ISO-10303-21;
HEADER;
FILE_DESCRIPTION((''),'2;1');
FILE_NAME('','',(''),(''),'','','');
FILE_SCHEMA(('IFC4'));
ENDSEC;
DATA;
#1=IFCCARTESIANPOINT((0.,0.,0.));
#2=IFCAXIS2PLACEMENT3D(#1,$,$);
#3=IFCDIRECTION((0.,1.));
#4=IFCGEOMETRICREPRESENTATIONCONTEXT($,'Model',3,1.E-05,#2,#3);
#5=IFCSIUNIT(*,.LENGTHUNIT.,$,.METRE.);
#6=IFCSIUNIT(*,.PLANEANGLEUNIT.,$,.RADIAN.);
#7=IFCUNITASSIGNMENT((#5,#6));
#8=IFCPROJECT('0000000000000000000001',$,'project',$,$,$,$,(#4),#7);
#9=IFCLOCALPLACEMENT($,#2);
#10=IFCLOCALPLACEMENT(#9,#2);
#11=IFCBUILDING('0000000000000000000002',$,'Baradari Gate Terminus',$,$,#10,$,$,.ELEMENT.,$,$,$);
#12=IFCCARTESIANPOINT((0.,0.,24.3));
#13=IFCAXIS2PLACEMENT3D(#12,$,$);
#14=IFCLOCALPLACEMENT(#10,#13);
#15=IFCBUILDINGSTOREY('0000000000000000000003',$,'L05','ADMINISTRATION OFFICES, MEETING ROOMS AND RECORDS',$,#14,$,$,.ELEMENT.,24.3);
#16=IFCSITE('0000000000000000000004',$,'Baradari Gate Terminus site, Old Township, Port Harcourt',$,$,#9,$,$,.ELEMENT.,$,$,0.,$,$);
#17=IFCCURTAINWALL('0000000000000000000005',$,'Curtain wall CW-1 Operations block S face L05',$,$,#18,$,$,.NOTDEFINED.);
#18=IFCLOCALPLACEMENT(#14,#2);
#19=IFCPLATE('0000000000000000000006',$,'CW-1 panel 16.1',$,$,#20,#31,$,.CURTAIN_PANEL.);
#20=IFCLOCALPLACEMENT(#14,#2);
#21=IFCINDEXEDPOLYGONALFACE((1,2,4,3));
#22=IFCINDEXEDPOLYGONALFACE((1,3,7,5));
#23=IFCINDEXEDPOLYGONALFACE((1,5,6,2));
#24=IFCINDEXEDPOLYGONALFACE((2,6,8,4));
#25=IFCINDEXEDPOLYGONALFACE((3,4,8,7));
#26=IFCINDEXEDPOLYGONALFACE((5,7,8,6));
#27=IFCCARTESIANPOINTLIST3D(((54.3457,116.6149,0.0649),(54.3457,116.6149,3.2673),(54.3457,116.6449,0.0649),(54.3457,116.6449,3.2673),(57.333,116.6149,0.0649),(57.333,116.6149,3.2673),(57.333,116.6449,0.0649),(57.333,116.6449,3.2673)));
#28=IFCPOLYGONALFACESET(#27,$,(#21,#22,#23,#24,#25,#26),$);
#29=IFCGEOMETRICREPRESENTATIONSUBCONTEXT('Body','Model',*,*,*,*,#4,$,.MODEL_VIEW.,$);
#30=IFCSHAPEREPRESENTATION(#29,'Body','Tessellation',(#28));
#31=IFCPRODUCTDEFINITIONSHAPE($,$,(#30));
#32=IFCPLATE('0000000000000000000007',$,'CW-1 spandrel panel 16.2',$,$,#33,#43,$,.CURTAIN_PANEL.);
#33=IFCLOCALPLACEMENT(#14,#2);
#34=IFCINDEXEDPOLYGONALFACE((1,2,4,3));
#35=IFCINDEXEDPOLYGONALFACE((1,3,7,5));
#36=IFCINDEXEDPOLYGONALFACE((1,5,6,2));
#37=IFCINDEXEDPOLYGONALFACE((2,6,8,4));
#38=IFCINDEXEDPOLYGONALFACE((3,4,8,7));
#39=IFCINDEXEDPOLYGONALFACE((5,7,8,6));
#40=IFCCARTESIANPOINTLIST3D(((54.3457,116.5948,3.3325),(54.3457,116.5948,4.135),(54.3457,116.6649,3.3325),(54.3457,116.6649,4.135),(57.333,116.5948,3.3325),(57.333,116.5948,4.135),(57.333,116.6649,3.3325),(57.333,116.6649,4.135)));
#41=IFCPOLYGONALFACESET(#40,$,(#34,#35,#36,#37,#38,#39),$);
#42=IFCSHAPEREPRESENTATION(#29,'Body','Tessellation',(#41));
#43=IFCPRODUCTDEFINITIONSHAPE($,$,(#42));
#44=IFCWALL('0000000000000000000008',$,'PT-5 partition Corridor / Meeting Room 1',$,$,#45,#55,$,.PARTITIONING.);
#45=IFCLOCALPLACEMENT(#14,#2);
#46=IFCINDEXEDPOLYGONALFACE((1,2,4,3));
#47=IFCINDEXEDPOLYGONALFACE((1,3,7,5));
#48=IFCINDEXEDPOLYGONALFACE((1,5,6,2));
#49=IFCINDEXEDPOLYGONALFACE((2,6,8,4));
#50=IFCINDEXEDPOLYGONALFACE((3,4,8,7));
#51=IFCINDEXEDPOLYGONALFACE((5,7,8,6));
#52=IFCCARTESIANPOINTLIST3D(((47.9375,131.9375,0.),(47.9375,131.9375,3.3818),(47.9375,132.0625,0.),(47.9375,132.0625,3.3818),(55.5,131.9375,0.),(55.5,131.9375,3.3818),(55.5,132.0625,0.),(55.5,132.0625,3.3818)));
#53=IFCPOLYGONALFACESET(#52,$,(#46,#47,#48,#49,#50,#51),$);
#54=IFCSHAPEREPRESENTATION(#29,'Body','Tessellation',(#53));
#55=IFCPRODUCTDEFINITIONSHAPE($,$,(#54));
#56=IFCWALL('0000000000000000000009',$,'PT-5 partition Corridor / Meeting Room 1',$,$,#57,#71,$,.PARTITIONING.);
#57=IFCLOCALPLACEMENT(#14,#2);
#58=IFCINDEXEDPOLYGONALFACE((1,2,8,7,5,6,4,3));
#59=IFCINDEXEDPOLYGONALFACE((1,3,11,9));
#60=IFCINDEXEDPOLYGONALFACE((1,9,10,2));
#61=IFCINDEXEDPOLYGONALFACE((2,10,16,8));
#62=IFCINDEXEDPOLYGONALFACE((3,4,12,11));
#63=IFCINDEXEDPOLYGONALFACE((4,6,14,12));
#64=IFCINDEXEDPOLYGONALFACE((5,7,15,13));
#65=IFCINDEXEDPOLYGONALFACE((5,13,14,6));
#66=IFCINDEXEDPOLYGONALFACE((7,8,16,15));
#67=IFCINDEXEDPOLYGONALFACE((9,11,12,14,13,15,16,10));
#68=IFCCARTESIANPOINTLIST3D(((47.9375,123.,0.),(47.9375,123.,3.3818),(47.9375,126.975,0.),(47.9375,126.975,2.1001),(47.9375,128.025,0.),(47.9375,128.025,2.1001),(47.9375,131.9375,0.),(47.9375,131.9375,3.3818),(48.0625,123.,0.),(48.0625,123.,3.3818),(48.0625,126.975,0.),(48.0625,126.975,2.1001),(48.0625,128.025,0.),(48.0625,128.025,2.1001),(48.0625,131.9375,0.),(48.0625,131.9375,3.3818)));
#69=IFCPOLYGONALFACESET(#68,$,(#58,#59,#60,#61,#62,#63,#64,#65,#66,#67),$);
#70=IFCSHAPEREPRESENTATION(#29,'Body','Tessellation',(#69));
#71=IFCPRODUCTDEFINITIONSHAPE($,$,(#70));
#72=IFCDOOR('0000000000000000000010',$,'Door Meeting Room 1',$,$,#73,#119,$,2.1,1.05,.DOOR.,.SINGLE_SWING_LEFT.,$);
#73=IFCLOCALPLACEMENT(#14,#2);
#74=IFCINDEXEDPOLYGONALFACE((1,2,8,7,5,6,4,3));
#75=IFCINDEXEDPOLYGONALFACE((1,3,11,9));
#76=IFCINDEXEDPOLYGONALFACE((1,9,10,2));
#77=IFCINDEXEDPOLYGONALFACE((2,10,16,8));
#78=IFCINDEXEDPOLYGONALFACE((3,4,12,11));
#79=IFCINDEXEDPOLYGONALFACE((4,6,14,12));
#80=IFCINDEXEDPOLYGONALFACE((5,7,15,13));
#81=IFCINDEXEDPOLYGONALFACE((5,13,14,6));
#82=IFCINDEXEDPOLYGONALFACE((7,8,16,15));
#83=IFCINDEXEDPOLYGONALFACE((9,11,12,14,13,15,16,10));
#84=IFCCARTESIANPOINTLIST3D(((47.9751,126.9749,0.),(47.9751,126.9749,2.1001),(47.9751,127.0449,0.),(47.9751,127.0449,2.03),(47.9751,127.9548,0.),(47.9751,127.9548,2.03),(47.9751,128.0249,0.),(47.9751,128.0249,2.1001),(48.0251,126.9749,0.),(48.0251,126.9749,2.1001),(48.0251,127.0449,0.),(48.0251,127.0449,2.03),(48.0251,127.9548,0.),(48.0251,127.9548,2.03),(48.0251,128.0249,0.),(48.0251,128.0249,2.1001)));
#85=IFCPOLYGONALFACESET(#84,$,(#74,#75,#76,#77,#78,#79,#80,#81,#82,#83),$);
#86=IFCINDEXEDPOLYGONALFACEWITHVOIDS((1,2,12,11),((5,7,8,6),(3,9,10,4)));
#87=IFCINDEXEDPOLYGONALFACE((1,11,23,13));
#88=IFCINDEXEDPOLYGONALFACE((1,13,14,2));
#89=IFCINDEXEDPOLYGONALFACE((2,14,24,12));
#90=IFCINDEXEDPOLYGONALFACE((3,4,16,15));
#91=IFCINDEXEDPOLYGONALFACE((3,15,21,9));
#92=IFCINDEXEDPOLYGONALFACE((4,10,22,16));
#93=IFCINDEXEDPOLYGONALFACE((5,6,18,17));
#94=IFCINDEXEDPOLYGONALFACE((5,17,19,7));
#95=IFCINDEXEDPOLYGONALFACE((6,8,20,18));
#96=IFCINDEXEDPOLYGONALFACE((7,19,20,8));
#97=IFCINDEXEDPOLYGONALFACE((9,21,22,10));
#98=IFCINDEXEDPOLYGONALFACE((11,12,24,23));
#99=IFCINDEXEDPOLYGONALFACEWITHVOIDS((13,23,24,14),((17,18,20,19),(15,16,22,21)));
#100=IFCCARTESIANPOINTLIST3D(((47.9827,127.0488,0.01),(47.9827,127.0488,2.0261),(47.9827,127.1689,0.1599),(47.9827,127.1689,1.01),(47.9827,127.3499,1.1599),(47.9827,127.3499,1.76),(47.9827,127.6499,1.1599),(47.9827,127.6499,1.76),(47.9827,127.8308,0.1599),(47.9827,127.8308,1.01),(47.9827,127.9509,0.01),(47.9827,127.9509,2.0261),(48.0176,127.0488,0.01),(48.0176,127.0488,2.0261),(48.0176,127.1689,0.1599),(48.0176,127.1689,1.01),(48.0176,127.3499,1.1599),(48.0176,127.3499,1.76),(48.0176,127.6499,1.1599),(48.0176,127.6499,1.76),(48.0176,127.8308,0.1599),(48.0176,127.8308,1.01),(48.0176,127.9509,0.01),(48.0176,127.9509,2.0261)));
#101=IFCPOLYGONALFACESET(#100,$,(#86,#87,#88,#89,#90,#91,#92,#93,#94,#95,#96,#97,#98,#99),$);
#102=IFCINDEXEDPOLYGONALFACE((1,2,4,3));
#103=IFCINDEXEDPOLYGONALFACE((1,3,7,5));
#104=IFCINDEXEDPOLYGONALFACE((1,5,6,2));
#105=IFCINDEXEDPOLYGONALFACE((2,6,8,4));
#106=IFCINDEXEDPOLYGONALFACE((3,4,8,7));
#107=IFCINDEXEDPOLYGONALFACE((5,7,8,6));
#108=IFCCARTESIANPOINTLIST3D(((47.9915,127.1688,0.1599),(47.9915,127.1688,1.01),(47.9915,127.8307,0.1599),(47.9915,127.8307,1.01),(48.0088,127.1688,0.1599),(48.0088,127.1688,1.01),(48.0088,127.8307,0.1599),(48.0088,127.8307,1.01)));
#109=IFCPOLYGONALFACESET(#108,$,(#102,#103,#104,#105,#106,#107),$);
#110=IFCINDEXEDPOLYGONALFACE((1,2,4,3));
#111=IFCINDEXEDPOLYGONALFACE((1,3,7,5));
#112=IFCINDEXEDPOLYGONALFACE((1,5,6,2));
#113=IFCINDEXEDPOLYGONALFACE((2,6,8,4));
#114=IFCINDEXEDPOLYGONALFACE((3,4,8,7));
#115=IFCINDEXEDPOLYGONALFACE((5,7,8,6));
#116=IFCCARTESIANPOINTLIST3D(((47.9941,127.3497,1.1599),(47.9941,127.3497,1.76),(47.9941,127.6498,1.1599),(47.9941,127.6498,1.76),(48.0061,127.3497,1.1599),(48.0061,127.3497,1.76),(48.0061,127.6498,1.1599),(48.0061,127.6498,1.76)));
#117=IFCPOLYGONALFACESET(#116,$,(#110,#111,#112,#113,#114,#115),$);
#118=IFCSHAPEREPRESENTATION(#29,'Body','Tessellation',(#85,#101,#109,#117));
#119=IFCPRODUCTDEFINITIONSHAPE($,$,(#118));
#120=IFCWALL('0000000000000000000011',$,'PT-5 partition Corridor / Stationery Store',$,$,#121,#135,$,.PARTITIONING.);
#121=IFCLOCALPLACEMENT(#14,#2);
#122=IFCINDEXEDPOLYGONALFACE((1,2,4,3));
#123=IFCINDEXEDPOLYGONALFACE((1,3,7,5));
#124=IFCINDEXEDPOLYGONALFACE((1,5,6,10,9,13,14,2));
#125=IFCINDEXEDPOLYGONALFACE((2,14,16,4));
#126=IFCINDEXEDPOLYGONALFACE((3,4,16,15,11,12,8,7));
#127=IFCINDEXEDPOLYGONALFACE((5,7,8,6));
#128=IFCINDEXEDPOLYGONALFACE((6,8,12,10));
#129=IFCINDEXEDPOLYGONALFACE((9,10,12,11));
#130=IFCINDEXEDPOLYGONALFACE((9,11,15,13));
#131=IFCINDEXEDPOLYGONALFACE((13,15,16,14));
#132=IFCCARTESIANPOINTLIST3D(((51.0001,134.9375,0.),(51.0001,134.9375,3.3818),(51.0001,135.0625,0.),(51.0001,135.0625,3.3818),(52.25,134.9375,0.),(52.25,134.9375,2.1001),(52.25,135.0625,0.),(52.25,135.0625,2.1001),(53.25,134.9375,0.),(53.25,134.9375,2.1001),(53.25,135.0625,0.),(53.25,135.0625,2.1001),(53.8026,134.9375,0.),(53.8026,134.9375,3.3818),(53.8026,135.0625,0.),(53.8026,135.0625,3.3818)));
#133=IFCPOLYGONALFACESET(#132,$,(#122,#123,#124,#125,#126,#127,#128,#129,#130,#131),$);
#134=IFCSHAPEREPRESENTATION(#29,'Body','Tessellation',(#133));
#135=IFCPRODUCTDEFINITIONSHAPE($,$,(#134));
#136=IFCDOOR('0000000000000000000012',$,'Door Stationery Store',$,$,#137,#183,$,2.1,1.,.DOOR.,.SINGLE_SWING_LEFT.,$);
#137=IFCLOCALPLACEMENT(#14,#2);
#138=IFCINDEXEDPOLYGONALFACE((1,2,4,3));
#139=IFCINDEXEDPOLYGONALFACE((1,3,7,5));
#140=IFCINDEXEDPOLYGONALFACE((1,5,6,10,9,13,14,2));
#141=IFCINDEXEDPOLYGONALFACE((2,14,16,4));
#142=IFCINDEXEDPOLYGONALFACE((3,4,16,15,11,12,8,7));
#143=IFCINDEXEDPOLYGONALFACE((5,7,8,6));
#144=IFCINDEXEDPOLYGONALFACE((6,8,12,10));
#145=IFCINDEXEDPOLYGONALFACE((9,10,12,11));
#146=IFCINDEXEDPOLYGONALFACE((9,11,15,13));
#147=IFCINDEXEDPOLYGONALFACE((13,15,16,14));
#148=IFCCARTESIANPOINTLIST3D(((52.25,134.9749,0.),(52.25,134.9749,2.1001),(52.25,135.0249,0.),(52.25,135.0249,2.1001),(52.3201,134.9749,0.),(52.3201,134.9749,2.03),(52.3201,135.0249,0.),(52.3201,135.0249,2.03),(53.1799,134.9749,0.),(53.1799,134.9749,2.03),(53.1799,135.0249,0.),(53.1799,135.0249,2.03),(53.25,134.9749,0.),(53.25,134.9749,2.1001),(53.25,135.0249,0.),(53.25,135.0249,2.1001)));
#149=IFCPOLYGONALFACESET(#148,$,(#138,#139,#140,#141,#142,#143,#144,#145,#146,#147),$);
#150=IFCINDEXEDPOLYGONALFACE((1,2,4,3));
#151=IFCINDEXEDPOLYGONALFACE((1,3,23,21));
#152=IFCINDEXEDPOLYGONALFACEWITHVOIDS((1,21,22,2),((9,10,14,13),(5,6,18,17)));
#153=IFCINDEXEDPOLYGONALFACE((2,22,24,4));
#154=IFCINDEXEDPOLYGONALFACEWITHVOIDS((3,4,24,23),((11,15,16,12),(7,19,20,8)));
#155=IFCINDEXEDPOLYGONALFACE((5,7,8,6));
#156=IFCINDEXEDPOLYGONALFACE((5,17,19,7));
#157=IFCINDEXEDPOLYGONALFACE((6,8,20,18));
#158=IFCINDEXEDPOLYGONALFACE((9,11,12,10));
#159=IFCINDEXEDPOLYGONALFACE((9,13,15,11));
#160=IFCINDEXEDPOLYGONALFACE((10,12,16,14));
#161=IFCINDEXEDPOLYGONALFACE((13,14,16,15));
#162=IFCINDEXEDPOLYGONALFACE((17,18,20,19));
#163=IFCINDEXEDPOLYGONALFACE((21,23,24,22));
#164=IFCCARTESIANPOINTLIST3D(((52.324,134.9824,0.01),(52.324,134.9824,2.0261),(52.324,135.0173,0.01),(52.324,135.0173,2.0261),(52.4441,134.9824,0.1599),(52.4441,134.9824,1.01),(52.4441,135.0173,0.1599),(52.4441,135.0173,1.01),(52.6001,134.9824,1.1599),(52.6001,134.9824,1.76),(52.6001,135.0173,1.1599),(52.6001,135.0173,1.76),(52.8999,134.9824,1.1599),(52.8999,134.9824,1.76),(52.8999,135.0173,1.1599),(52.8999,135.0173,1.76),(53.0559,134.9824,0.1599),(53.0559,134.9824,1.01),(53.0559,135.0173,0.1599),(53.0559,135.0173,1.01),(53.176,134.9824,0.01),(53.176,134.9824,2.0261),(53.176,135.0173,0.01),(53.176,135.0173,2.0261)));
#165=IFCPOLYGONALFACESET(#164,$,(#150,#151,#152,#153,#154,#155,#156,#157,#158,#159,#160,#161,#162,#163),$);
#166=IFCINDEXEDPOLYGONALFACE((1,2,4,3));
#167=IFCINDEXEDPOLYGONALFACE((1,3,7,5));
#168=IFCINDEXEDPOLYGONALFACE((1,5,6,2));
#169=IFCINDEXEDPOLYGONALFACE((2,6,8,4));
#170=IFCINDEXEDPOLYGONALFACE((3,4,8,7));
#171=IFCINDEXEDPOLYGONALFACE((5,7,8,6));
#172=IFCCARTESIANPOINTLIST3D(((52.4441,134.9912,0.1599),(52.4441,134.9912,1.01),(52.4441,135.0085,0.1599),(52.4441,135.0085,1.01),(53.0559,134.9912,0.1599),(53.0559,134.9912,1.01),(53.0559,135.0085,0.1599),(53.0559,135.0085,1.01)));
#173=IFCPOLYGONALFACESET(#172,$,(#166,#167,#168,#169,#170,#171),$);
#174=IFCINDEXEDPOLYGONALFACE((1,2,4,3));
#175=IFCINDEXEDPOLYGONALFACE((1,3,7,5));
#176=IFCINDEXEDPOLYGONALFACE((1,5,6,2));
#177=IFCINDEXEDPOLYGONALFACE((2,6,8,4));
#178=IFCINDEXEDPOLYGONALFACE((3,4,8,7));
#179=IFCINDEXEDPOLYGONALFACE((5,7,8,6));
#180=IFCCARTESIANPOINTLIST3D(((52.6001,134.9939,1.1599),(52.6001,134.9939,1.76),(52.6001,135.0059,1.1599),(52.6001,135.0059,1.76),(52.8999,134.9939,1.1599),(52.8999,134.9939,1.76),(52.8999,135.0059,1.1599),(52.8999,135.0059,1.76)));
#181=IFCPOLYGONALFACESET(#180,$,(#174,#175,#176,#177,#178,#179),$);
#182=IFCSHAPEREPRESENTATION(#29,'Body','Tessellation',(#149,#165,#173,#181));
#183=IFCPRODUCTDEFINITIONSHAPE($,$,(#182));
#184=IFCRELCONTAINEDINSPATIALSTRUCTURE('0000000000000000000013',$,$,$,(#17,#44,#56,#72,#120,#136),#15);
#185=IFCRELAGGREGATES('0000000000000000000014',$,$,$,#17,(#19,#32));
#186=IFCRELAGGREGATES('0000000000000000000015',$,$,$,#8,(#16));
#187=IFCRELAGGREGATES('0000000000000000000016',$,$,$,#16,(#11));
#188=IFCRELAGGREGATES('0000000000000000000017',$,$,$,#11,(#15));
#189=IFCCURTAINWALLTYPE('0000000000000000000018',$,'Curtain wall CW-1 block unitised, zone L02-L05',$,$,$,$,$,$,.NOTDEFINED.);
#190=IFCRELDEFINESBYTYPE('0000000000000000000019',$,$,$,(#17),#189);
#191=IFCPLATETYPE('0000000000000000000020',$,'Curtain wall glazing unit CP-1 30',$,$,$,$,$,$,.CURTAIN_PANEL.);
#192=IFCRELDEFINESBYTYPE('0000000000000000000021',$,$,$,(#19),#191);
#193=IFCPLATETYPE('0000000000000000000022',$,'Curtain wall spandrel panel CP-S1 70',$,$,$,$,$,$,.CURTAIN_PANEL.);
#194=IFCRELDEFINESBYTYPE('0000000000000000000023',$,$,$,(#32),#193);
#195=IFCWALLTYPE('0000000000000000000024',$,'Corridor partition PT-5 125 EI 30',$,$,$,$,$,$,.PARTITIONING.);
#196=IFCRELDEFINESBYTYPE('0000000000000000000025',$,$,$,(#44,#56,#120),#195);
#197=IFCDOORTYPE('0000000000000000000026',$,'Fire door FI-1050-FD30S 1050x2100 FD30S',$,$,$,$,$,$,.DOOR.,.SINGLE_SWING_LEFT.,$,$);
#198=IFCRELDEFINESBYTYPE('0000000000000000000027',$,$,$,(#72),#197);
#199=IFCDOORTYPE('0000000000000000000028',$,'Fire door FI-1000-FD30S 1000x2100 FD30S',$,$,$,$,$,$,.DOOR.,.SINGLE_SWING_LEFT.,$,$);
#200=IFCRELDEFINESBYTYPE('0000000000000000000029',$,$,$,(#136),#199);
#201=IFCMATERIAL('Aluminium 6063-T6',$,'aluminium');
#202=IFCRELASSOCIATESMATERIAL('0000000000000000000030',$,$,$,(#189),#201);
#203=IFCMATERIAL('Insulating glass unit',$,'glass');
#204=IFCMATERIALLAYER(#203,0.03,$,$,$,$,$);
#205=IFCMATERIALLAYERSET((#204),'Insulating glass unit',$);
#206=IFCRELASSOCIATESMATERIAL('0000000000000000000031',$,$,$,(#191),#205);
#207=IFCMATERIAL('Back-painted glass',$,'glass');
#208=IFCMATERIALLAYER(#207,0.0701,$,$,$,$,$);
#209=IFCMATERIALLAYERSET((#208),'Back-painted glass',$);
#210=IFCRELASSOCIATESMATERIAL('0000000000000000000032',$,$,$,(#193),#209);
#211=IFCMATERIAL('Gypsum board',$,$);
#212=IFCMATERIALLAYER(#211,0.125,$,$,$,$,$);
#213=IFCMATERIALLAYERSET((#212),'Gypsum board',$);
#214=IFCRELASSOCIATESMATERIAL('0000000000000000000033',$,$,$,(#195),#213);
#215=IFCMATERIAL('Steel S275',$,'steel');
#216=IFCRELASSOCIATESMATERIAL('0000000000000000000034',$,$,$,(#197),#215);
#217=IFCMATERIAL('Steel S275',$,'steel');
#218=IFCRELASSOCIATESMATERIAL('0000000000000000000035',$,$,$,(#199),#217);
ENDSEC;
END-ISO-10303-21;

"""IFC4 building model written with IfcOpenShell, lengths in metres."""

from ifc_helpers import new_model, si_unit, direction, frame, frame_2d, origin, origin_2d, place, context, subcontext, project, spatial, polyline, rectangle, outline, extrude, material, layer, layer_set, type_object, element, fill, aggregate, save


model = new_model("IFC4")

# Units and contexts
model_context = context("Model", 3, precision=1e-05, world=origin(), true_north=direction((0.0, 1.0)))
body_context = subcontext(model_context, "Body", "Model", "MODEL_VIEW")
ifc_project = project(units=[si_unit("LENGTHUNIT", "METRE"), si_unit("PLANEANGLEUNIT", "RADIAN")], contexts=[model_context])

# Site, building, storey
site_placement = place(None, origin())
site = spatial("IfcSite", under=ifc_project, at=site_placement, Name="Baradari Gate Terminus site, Old Township, Port Harcourt", CompositionType="ELEMENT", RefElevation=0.0)
building_placement = place(site_placement, origin())
building = spatial("IfcBuilding", under=site, at=building_placement, Name="Baradari Gate Terminus", CompositionType="ELEMENT")
storey_placement = place(building_placement, frame((0.0, 0.0, 24.3)))
storey = spatial("IfcBuildingStorey", under=building, at=storey_placement, Name="L05", Description="ADMINISTRATION OFFICES, MEETING ROOMS AND RECORDS", CompositionType="ELEMENT", Elevation=24.3)

# Curtain wall
ifc_material_1 = material(Name="Aluminium 6063-T6", Category="aluminium")
curtain_wall_type = type_object("IfcCurtainWallType", Name="Curtain wall CW-1 block unitised, zone L02-L05", PredefinedType="NOTDEFINED", material=ifc_material_1)
curtain_wall_placement = place(storey_placement, origin())
curtain_wall = element("IfcCurtainWall", 1, at=curtain_wall_placement, inside=storey, type_object=curtain_wall_type, Name="Curtain wall CW-1 Operations block S face L05", PredefinedType="NOTDEFINED")

# Plates
ifc_material_2 = material(Name="Insulating glass unit", Category="glass")
ifc_layer_1 = layer(ifc_material_2, 0.03)
ifc_layer_set_1 = layer_set([ifc_layer_1], Name="Insulating glass unit")
plate_type_1 = type_object("IfcPlateType", Name="Curtain wall glazing unit CP-1 30", PredefinedType="CURTAIN_PANEL", material=ifc_layer_set_1)
plate_1_placement = place(storey_placement, frame((55.8394, 116.6299, 0.0649), z_axis=(0.0, 0.0, 1.0), x_axis=(1.0, 0.0, 0.0)))
plate_1 = element("IfcPlate", 2, at=plate_1_placement, type_object=plate_type_1, Name="CW-1 panel 16.1", PredefinedType="CURTAIN_PANEL", context=body_context, shape_type="SweptSolid", body=[
    extrude(rectangle(XDim=2.9873, YDim=0.03, at=origin_2d()), origin(), (0.0, 0.0, 1.0), 3.2024),
])
ifc_material_3 = material(Name="Back-painted glass", Category="glass")
ifc_layer_2 = layer(ifc_material_3, 0.0701)
ifc_layer_set_2 = layer_set([ifc_layer_2], Name="Back-painted glass")
plate_type_2 = type_object("IfcPlateType", Name="Curtain wall spandrel panel CP-S1 70", PredefinedType="CURTAIN_PANEL", material=ifc_layer_set_2)
plate_2_placement = place(storey_placement, frame((55.8394, 116.6299, 3.3325), z_axis=(0.0, 0.0, 1.0), x_axis=(1.0, 0.0, 0.0)))
plate_2 = element("IfcPlate", 3, at=plate_2_placement, type_object=plate_type_2, Name="CW-1 spandrel panel 16.2", PredefinedType="CURTAIN_PANEL", context=body_context, shape_type="SweptSolid", body=[
    extrude(rectangle(XDim=2.9873, YDim=0.0701, at=origin_2d()), origin(), (0.0, 0.0, 1.0), 0.8025),
])
aggregate(curtain_wall, [plate_1, plate_2])

# Wall
ifc_material_4 = material(Name="Gypsum board")
ifc_layer_3 = layer(ifc_material_4, 0.125)
ifc_layer_set_3 = layer_set([ifc_layer_3], Name="Gypsum board")
wall_type_1 = type_object("IfcWallType", Name="Corridor partition PT-5 125 EI 30", PredefinedType="PARTITIONING", material=ifc_layer_set_3)
wall_1_placement = place(storey_placement, frame((55.5, 132.0, 0.0), z_axis=(0.0, 0.0, 1.0), x_axis=(-1.0, 0.0, 0.0)))
element("IfcWall", 4, at=wall_1_placement, inside=storey, type_object=wall_type_1, Name="PT-5 partition Corridor / Meeting Room 1", PredefinedType="PARTITIONING", context=body_context, shape_type="SweptSolid", body=[
    extrude(rectangle(XDim=7.5625, YDim=0.125, at=frame_2d((3.7812, 0.0))), origin(), (0.0, 0.0, 1.0), 3.3818),
])

# Walls, openings, doors
wall_2_placement = place(storey_placement, frame((48.0, 131.9375, 0.0), z_axis=(0.0, 0.0, 1.0), x_axis=(0.0, -1.0, 0.0)))
wall_2 = element("IfcWall", 5, at=wall_2_placement, inside=storey, type_object=wall_type_1, Name="PT-5 partition Corridor / Meeting Room 1", PredefinedType="PARTITIONING", context=body_context, shape_type="SweptSolid", body=[
    extrude(rectangle(XDim=8.9375, YDim=0.125, at=frame_2d((4.4688, 0.0))), origin(), (0.0, 0.0, 1.0), 3.3818),
])
opening_1_placement = place(wall_2_placement, frame((3.9126, 0.0, 0.0)))
opening_1 = element("IfcOpeningElement", 6, at=opening_1_placement, cuts=wall_2, PredefinedType="OPENING", context=body_context, shape_type="SweptSolid", body=[
    extrude(rectangle(XDim=1.05, YDim=2.1001, at=frame_2d((0.5249, 1.05))), frame((0.0, 0.0725, 0.0), z_axis=(0.0, -1.0, 0.0), x_axis=(1.0, 0.0, 0.0)), (0.0, 0.0, 1.0), 0.145),
])
ifc_material_5 = material(Name="Steel S275", Category="steel")
door_type_1 = type_object("IfcDoorType", Name="Fire door FI-1050-FD30S 1050x2100 FD30S", OperationType="SINGLE_SWING_LEFT", PredefinedType="DOOR", material=ifc_material_5)
door_1_placement = place(opening_1_placement, frame((1.05, 0.0, 0.0), z_axis=(0.0, 0.0, 1.0), x_axis=(-1.0, 0.0, 0.0)))
door_1 = element("IfcDoor", 7, at=door_1_placement, inside=storey, type_object=door_type_1, Name="Door Meeting Room 1", OperationType="SINGLE_SWING_LEFT", OverallHeight=2.1, OverallWidth=1.05, PredefinedType="DOOR", context=body_context, shape_type="SweptSolid", body=[
    extrude(outline(polyline([(0.0, 0.0), (0.0701, 0.0), (0.0701, 2.03), (0.98, 2.03), (0.98, 0.0), (1.05, 0.0), (1.05, 2.1001), (0.0, 2.1001), (0.0, 0.0)])), frame((0.0, 0.0249, 0.0), z_axis=(0.0, -1.0, 0.0), x_axis=(1.0, 0.0, 0.0)), (0.0, 0.0, 1.0), 0.05),
    extrude(outline(polyline([(0.074, 0.01), (0.9761, 0.01), (0.9761, 2.0261), (0.074, 2.0261), (0.074, 0.01)]), holes=[polyline([(0.1941, 0.1599), (0.856, 0.1599), (0.856, 1.01), (0.1941, 1.01), (0.1941, 0.1599)]), polyline([(0.375, 1.1599), (0.675, 1.1599), (0.675, 1.76), (0.375, 1.76), (0.375, 1.1599)])]), frame((0.0, 0.0173, 0.0), z_axis=(0.0, -1.0, 0.0), x_axis=(1.0, 0.0, 0.0)), (0.0, 0.0, 1.0), 0.0349),
    extrude(rectangle(XDim=0.6619, YDim=0.8501, at=frame_2d((0.5249, 0.585))), frame((0.0, 0.0085, 0.0), z_axis=(0.0, -1.0, 0.0), x_axis=(1.0, 0.0, 0.0)), (0.0, 0.0, 1.0), 0.0173),
    extrude(rectangle(XDim=0.3, YDim=0.6001, at=frame_2d((0.5249, 1.46))), frame((0.0, 0.0059, 0.0), z_axis=(0.0, -1.0, 0.0), x_axis=(1.0, 0.0, 0.0)), (0.0, 0.0, 1.0), 0.012),
])
fill(opening_1, door_1)
wall_3_placement = place(storey_placement, frame((51.0, 135.0, 0.0), z_axis=(0.0, 0.0, 1.0), x_axis=(1.0, 0.0, 0.0)))
wall_3 = element("IfcWall", 8, at=wall_3_placement, inside=storey, type_object=wall_type_1, Name="PT-5 partition Corridor / Stationery Store", PredefinedType="PARTITIONING", context=body_context, shape_type="SweptSolid", body=[
    extrude(rectangle(XDim=2.8025, YDim=0.125, at=frame_2d((1.4014, 0.0))), origin(), (0.0, 0.0, 1.0), 3.3818),
])
opening_2_placement = place(wall_3_placement, frame((1.25, 0.0, 0.0)))
opening_2 = element("IfcOpeningElement", 9, at=opening_2_placement, cuts=wall_3, PredefinedType="OPENING", context=body_context, shape_type="SweptSolid", body=[
    extrude(rectangle(XDim=1.0, YDim=2.1001, at=frame_2d((0.5, 1.05))), frame((0.0, 0.0725, 0.0), z_axis=(0.0, -1.0, 0.0), x_axis=(1.0, 0.0, 0.0)), (0.0, 0.0, 1.0), 0.145),
])
ifc_material_6 = material(Name="Steel S275", Category="steel")
door_type_2 = type_object("IfcDoorType", Name="Fire door FI-1000-FD30S 1000x2100 FD30S", OperationType="SINGLE_SWING_LEFT", PredefinedType="DOOR", material=ifc_material_6)
door_2_placement = place(opening_2_placement, origin())
door_2 = element("IfcDoor", 10, at=door_2_placement, inside=storey, type_object=door_type_2, Name="Door Stationery Store", OperationType="SINGLE_SWING_LEFT", OverallHeight=2.1, OverallWidth=1.0, PredefinedType="DOOR", context=body_context, shape_type="SweptSolid", body=[
    extrude(outline(polyline([(0.0, 0.0), (0.0701, 0.0), (0.0701, 2.03), (0.9299, 2.03), (0.9299, 0.0), (1.0, 0.0), (1.0, 2.1001), (0.0, 2.1001), (0.0, 0.0)])), frame((0.0, 0.0249, 0.0), z_axis=(0.0, -1.0, 0.0), x_axis=(1.0, 0.0, 0.0)), (0.0, 0.0, 1.0), 0.05),
    extrude(outline(polyline([(0.074, 0.01), (0.926, 0.01), (0.926, 2.0261), (0.074, 2.0261), (0.074, 0.01)]), holes=[polyline([(0.1941, 0.1599), (0.8059, 0.1599), (0.8059, 1.01), (0.1941, 1.01), (0.1941, 0.1599)]), polyline([(0.3501, 1.1599), (0.6499, 1.1599), (0.6499, 1.76), (0.3501, 1.76), (0.3501, 1.1599)])]), frame((0.0, 0.0173, 0.0), z_axis=(0.0, -1.0, 0.0), x_axis=(1.0, 0.0, 0.0)), (0.0, 0.0, 1.0), 0.0349),
    extrude(rectangle(XDim=0.6118, YDim=0.8501, at=frame_2d((0.5, 0.585))), frame((0.0, 0.0085, 0.0), z_axis=(0.0, -1.0, 0.0), x_axis=(1.0, 0.0, 0.0)), (0.0, 0.0, 1.0), 0.0173),
    extrude(rectangle(XDim=0.2998, YDim=0.6001, at=frame_2d((0.5, 1.46))), frame((0.0, 0.0059, 0.0), z_axis=(0.0, -1.0, 0.0), x_axis=(1.0, 0.0, 0.0)), (0.0, 0.0, 1.0), 0.012),
])
fill(opening_2, door_2)

save(model, "model.ifc")
